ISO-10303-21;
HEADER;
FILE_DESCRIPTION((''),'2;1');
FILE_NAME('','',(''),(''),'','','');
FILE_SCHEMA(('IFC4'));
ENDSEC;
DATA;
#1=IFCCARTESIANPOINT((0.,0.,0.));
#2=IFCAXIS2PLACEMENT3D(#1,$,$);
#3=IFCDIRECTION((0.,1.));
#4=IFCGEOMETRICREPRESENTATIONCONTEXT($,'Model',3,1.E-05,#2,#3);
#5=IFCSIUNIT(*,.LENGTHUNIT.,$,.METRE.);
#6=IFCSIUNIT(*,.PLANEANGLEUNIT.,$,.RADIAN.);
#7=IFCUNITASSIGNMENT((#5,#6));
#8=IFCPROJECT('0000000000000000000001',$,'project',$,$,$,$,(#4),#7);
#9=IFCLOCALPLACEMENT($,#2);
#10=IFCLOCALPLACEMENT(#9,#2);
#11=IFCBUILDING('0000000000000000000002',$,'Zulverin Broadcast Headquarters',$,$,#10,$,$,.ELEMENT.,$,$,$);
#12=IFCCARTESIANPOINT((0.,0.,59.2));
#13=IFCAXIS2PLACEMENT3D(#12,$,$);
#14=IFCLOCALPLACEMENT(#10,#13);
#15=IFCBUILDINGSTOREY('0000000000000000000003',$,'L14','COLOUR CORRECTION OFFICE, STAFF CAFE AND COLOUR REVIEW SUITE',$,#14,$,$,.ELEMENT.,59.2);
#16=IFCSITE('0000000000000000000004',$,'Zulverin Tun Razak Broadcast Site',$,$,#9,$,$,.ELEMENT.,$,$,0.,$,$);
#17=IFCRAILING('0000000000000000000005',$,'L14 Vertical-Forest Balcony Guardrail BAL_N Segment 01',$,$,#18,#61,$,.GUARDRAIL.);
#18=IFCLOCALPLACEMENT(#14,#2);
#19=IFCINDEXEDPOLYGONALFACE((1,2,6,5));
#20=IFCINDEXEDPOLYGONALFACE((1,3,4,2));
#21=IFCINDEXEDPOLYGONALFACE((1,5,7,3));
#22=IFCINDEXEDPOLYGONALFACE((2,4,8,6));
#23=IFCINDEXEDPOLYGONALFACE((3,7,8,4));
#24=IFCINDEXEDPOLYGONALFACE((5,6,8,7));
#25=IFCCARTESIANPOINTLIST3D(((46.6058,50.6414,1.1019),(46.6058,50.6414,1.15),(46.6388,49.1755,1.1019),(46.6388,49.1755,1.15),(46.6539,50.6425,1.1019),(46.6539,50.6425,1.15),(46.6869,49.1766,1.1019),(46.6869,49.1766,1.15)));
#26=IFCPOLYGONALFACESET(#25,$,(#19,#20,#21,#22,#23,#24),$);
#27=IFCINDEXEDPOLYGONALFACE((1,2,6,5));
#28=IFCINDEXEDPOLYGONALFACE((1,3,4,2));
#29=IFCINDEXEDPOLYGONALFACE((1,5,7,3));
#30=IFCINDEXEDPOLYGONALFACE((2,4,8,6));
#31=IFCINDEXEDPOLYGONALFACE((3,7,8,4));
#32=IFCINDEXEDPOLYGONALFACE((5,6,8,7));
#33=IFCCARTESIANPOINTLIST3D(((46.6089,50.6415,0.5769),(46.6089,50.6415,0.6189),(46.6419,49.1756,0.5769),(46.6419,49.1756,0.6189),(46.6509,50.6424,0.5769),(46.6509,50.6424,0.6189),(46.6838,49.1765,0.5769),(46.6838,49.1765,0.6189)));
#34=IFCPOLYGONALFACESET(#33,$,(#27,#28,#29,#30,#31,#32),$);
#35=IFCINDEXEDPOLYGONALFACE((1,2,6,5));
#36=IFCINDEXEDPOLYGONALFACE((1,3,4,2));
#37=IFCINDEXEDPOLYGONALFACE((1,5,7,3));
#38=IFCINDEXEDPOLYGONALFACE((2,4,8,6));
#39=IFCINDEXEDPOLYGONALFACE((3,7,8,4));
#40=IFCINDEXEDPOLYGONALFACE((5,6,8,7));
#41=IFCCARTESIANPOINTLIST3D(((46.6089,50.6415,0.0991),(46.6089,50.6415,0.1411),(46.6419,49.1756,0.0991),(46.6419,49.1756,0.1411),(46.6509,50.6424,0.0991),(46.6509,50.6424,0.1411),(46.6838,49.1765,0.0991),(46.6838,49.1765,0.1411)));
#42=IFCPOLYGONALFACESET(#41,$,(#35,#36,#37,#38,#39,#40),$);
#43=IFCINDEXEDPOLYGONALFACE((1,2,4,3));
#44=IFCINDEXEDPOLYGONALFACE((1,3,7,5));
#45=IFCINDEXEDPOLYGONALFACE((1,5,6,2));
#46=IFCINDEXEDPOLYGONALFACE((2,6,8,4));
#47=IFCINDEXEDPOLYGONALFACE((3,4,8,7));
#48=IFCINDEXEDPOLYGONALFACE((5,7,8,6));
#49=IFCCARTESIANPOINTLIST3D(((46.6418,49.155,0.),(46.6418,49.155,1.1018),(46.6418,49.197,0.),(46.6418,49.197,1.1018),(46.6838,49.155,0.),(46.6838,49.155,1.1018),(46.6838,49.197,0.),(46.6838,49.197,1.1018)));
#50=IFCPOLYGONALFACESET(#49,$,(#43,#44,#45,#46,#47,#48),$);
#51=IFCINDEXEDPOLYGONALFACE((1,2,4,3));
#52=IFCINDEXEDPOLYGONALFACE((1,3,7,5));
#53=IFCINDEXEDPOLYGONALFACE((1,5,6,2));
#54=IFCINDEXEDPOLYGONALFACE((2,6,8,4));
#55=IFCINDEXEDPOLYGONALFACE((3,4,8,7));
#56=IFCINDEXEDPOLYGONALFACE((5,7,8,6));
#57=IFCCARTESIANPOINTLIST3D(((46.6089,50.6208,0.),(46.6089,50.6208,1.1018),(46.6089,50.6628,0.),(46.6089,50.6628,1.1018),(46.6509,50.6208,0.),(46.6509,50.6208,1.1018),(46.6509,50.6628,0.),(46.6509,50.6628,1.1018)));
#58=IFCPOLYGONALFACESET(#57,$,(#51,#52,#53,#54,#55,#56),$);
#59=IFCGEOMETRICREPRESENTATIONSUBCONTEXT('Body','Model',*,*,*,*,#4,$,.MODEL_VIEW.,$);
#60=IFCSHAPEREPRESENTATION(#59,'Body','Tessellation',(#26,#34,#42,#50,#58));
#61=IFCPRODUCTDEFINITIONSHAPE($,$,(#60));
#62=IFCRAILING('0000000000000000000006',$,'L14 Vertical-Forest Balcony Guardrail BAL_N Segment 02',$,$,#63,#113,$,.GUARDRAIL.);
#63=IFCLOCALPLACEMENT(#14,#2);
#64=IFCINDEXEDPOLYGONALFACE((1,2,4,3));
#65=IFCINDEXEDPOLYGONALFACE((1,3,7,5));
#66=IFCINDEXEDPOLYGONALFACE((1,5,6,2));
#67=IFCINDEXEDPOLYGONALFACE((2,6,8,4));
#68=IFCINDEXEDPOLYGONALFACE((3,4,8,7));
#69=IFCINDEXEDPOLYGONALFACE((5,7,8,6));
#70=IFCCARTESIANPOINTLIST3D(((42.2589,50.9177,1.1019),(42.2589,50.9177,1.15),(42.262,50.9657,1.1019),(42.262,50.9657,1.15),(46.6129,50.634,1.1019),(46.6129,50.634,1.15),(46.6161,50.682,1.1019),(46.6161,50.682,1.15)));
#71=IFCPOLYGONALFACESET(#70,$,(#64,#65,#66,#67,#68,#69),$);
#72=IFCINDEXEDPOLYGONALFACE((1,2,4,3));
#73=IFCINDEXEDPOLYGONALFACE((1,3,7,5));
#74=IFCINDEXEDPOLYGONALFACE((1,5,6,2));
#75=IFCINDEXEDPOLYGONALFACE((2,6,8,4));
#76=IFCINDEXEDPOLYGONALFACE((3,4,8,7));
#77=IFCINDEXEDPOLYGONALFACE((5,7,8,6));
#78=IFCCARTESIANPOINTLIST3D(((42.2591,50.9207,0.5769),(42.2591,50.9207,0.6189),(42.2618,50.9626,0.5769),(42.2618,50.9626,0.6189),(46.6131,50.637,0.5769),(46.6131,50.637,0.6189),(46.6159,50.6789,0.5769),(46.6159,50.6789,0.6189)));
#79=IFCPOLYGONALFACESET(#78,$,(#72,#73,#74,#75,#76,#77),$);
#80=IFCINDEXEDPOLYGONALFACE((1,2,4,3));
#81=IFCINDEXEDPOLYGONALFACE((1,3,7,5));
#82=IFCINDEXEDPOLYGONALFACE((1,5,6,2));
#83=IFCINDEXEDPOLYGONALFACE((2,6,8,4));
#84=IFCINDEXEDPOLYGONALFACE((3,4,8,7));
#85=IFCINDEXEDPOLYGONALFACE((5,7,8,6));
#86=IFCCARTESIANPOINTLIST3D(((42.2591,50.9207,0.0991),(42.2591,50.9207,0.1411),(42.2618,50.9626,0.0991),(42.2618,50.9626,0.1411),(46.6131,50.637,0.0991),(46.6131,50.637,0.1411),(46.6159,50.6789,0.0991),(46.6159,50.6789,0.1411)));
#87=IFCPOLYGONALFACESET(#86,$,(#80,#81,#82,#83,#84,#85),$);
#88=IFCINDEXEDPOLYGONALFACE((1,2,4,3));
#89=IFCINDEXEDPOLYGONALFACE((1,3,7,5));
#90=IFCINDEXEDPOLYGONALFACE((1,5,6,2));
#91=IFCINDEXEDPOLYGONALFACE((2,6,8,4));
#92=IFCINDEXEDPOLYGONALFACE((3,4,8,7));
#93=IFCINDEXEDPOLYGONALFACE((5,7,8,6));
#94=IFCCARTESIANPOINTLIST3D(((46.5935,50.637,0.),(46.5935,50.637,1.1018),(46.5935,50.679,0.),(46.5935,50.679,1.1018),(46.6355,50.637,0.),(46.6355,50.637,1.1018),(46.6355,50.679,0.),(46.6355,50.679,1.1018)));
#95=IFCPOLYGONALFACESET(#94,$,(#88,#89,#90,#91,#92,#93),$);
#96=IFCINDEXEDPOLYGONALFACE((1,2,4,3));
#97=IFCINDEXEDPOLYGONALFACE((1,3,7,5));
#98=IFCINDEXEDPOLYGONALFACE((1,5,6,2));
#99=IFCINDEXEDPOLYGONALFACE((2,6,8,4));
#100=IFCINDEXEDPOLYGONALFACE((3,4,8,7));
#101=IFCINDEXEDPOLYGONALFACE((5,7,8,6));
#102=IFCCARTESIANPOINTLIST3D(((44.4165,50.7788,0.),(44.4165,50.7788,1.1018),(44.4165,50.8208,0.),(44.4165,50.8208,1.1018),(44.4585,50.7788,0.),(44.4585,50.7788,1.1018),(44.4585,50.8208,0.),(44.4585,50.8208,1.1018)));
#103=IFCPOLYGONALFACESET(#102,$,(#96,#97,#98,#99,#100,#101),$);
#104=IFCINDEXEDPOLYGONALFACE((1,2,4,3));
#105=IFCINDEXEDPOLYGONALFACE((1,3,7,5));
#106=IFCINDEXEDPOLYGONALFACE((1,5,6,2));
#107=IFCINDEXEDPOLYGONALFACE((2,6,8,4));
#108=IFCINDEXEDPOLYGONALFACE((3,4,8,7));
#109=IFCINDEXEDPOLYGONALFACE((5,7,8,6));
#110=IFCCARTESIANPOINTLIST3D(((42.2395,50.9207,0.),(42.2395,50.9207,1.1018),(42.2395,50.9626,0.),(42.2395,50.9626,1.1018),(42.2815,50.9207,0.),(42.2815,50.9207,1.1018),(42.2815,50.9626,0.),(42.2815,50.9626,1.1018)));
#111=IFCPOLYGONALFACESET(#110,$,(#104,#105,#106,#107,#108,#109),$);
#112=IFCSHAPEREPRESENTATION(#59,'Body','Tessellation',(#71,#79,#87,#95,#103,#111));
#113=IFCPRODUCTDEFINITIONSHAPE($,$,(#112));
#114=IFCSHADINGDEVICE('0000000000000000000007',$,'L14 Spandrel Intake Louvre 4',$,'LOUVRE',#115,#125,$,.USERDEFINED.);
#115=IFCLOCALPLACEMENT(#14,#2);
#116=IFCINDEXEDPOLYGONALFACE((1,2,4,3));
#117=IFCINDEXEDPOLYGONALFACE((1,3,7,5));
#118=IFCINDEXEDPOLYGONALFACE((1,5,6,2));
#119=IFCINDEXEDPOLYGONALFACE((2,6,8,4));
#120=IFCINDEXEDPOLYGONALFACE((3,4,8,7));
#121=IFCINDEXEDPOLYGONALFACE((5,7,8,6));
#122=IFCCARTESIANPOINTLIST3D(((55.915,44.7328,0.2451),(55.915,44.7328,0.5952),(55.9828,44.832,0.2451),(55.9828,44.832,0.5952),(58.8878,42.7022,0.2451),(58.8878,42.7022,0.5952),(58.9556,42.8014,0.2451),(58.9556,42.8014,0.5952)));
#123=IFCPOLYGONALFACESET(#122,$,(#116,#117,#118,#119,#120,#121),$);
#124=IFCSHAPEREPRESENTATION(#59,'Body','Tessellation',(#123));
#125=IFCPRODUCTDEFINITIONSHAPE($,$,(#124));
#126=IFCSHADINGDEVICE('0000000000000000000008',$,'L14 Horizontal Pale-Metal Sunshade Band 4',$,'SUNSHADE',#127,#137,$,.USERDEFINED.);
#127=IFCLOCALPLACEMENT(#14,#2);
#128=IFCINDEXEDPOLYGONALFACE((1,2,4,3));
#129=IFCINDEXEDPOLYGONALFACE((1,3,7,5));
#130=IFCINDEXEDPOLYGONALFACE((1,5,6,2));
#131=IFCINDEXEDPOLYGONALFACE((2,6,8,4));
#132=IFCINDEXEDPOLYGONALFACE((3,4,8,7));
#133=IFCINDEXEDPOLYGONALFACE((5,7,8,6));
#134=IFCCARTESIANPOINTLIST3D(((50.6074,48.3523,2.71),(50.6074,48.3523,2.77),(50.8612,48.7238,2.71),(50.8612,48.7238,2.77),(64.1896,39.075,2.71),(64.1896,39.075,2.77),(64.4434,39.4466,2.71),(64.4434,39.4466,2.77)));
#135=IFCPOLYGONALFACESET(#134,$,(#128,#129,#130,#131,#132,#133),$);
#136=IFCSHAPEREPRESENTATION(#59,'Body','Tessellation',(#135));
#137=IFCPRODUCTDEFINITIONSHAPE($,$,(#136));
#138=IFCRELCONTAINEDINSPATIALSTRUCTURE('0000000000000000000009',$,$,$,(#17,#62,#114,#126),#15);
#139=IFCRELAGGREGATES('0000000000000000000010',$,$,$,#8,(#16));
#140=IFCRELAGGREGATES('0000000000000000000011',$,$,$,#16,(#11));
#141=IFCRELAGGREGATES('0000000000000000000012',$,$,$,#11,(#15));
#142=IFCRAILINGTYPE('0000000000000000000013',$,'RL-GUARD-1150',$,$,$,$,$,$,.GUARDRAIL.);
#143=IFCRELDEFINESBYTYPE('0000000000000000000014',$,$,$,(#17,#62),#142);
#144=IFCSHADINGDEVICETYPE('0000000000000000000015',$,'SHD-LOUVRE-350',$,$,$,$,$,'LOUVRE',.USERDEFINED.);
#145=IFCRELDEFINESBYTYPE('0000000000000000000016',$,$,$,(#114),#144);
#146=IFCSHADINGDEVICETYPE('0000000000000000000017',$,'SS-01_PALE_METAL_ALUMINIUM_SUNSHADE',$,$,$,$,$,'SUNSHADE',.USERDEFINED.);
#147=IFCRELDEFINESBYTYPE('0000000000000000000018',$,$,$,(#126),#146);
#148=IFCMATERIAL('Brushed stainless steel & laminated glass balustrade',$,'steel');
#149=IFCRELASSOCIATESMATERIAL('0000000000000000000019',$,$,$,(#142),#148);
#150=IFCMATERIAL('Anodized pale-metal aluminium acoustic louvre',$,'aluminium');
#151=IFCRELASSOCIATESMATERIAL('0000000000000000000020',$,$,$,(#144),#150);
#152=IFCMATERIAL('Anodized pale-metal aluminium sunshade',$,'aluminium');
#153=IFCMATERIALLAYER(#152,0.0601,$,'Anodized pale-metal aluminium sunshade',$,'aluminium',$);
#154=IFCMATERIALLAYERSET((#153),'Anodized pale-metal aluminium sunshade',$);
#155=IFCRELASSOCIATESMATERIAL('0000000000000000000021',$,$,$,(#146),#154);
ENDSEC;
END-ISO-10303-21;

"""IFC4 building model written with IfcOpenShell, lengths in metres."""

from ifc_helpers import new_model, si_unit, direction, frame, origin, origin_2d, place, context, subcontext, project, spatial, rectangle, extrude, material, layer, layer_set, type_object, element, save


model = new_model("IFC4")

# Units and contexts
model_context = context("Model", 3, precision=1e-05, world=origin(), true_north=direction((0.0, 1.0)))
body_context = subcontext(model_context, "Body", "Model", "MODEL_VIEW")
ifc_project = project(units=[si_unit("LENGTHUNIT", "METRE"), si_unit("PLANEANGLEUNIT", "RADIAN")], contexts=[model_context])

# Site, building, storey
site_placement = place(None, origin())
site = spatial("IfcSite", under=ifc_project, at=site_placement, Name="Zulverin Tun Razak Broadcast Site", CompositionType="ELEMENT", RefElevation=0.0)
building_placement = place(site_placement, origin())
building = spatial("IfcBuilding", under=site, at=building_placement, Name="Zulverin Broadcast Headquarters", CompositionType="ELEMENT")
storey_placement = place(building_placement, frame((0.0, 0.0, 59.2)))
storey = spatial("IfcBuildingStorey", under=building, at=storey_placement, Name="L14", Description="COLOUR CORRECTION OFFICE, STAFF CAFE AND COLOUR REVIEW SUITE", CompositionType="ELEMENT", Elevation=59.2)

# Railings
ifc_material_1 = material(Name="Brushed stainless steel & laminated glass balustrade", Category="steel")
railing_type = type_object("IfcRailingType", Name="RL-GUARD-1150", PredefinedType="GUARDRAIL", material=ifc_material_1)
railing_1_placement = place(storey_placement, frame((46.6628, 49.176, 0.0)))
element("IfcRailing", 1, at=railing_1_placement, inside=storey, type_object=railing_type, Name="L14 Vertical-Forest Balcony Guardrail BAL_N Segment 01", PredefinedType="GUARDRAIL", context=body_context, shape_type="SweptSolid", body=[
    extrude(rectangle(XDim=0.0481, YDim=0.0481, at=origin_2d()), frame((0.0, 0.0, 1.126), z_axis=(-0.022479, 0.999747, 0.0), x_axis=(-0.999747, -0.022479, 0.0)), (0.0, 0.0, 1.0), 1.4663),
    extrude(rectangle(XDim=0.042, YDim=0.042, at=origin_2d()), frame((0.0, 0.0, 0.5979), z_axis=(-0.022479, 0.999747, 0.0), x_axis=(-0.999747, -0.022479, 0.0)), (0.0, 0.0, 1.0), 1.4663),
    extrude(rectangle(XDim=0.042, YDim=0.042, at=origin_2d()), frame((0.0, 0.0, 0.1201), z_axis=(-0.022479, 0.999747, 0.0), x_axis=(-0.999747, -0.022479, 0.0)), (0.0, 0.0, 1.0), 1.4663),
    extrude(rectangle(XDim=0.042, YDim=0.042, at=origin_2d()), origin(), (0.0, 0.0, 1.0), 1.1018),
    extrude(rectangle(XDim=0.042, YDim=0.042, at=origin_2d()), frame((-0.033, 1.4658, 0.0)), (0.0, 0.0, 1.0), 1.1018),
])
railing_2_placement = place(storey_placement, frame((46.6145, 50.658, 0.0)))
element("IfcRailing", 2, at=railing_2_placement, inside=storey, type_object=railing_type, Name="L14 Vertical-Forest Balcony Guardrail BAL_N Segment 02", PredefinedType="GUARDRAIL", context=body_context, shape_type="SweptSolid", body=[
    extrude(rectangle(XDim=0.0481, YDim=0.0481, at=origin_2d()), frame((0.0, 0.0, 1.126), z_axis=(-0.997884, 0.065019, 0.0), x_axis=(-0.065019, -0.997884, 0.0)), (0.0, 0.0, 1.0), 4.3633),
    extrude(rectangle(XDim=0.042, YDim=0.042, at=origin_2d()), frame((0.0, 0.0, 0.5979), z_axis=(-0.997884, 0.065019, 0.0), x_axis=(-0.065019, -0.997884, 0.0)), (0.0, 0.0, 1.0), 4.3633),
    extrude(rectangle(XDim=0.042, YDim=0.042, at=origin_2d()), frame((0.0, 0.0, 0.1201), z_axis=(-0.997884, 0.065019, 0.0), x_axis=(-0.065019, -0.997884, 0.0)), (0.0, 0.0, 1.0), 4.3633),
    extrude(rectangle(XDim=0.042, YDim=0.042, at=origin_2d()), origin(), (0.0, 0.0, 1.0), 1.1018),
    extrude(rectangle(XDim=0.042, YDim=0.042, at=origin_2d()), frame((-2.177, 0.1418, 0.0)), (0.0, 0.0, 1.0), 1.1018),
    extrude(rectangle(XDim=0.042, YDim=0.042, at=origin_2d()), frame((-4.354, 0.2837, 0.0)), (0.0, 0.0, 1.0), 1.1018),
])

# Shading devices
ifc_material_2 = material(Name="Anodized pale-metal aluminium acoustic louvre", Category="aluminium")
shading_device_type_1 = type_object("IfcShadingDeviceType", Name="SHD-LOUVRE-350", ElementType="LOUVRE", PredefinedType="USERDEFINED", material=ifc_material_2)
shading_device_1_placement = place(storey_placement, frame((57.4353, 43.7671, 0.2451), z_axis=(0.0, 0.0, 1.0), x_axis=(-0.825757, 0.564026, 0.0)))
element("IfcShadingDevice", 3, at=shading_device_1_placement, inside=storey, type_object=shading_device_type_1, Name="L14 Spandrel Intake Louvre 4", ObjectType="LOUVRE", PredefinedType="USERDEFINED", context=body_context, shape_type="SweptSolid", body=[
    extrude(rectangle(XDim=3.6001, YDim=0.1201, at=origin_2d()), origin(), (0.0, 0.0, 1.0), 0.3501),
])
ifc_material_3 = material(Name="Anodized pale-metal aluminium sunshade", Category="aluminium")
ifc_layer_1 = layer(ifc_material_3, 0.0601, Name="Anodized pale-metal aluminium sunshade", Category="aluminium")
ifc_layer_set_1 = layer_set([ifc_layer_1], Name="Anodized pale-metal aluminium sunshade")
shading_device_type_2 = type_object("IfcShadingDeviceType", Name="SS-01_PALE_METAL_ALUMINIUM_SUNSHADE", ElementType="SUNSHADE", PredefinedType="USERDEFINED", material=ifc_layer_set_1)
shading_device_2_placement = place(storey_placement, frame((57.5254, 43.8994, 2.71), z_axis=(0.0, 0.0, 1.0), x_axis=(-0.825757, 0.564026, 0.0)))
element("IfcShadingDevice", 4, at=shading_device_2_placement, inside=storey, type_object=shading_device_type_2, Name="L14 Horizontal Pale-Metal Sunshade Band 4", ObjectType="SUNSHADE", PredefinedType="USERDEFINED", context=body_context, shape_type="SweptSolid", body=[
    extrude(rectangle(XDim=16.4482, YDim=0.45, at=origin_2d()), origin(), (0.0, 0.0, 1.0), 0.0601),
])

save(model, "model.ifc")
